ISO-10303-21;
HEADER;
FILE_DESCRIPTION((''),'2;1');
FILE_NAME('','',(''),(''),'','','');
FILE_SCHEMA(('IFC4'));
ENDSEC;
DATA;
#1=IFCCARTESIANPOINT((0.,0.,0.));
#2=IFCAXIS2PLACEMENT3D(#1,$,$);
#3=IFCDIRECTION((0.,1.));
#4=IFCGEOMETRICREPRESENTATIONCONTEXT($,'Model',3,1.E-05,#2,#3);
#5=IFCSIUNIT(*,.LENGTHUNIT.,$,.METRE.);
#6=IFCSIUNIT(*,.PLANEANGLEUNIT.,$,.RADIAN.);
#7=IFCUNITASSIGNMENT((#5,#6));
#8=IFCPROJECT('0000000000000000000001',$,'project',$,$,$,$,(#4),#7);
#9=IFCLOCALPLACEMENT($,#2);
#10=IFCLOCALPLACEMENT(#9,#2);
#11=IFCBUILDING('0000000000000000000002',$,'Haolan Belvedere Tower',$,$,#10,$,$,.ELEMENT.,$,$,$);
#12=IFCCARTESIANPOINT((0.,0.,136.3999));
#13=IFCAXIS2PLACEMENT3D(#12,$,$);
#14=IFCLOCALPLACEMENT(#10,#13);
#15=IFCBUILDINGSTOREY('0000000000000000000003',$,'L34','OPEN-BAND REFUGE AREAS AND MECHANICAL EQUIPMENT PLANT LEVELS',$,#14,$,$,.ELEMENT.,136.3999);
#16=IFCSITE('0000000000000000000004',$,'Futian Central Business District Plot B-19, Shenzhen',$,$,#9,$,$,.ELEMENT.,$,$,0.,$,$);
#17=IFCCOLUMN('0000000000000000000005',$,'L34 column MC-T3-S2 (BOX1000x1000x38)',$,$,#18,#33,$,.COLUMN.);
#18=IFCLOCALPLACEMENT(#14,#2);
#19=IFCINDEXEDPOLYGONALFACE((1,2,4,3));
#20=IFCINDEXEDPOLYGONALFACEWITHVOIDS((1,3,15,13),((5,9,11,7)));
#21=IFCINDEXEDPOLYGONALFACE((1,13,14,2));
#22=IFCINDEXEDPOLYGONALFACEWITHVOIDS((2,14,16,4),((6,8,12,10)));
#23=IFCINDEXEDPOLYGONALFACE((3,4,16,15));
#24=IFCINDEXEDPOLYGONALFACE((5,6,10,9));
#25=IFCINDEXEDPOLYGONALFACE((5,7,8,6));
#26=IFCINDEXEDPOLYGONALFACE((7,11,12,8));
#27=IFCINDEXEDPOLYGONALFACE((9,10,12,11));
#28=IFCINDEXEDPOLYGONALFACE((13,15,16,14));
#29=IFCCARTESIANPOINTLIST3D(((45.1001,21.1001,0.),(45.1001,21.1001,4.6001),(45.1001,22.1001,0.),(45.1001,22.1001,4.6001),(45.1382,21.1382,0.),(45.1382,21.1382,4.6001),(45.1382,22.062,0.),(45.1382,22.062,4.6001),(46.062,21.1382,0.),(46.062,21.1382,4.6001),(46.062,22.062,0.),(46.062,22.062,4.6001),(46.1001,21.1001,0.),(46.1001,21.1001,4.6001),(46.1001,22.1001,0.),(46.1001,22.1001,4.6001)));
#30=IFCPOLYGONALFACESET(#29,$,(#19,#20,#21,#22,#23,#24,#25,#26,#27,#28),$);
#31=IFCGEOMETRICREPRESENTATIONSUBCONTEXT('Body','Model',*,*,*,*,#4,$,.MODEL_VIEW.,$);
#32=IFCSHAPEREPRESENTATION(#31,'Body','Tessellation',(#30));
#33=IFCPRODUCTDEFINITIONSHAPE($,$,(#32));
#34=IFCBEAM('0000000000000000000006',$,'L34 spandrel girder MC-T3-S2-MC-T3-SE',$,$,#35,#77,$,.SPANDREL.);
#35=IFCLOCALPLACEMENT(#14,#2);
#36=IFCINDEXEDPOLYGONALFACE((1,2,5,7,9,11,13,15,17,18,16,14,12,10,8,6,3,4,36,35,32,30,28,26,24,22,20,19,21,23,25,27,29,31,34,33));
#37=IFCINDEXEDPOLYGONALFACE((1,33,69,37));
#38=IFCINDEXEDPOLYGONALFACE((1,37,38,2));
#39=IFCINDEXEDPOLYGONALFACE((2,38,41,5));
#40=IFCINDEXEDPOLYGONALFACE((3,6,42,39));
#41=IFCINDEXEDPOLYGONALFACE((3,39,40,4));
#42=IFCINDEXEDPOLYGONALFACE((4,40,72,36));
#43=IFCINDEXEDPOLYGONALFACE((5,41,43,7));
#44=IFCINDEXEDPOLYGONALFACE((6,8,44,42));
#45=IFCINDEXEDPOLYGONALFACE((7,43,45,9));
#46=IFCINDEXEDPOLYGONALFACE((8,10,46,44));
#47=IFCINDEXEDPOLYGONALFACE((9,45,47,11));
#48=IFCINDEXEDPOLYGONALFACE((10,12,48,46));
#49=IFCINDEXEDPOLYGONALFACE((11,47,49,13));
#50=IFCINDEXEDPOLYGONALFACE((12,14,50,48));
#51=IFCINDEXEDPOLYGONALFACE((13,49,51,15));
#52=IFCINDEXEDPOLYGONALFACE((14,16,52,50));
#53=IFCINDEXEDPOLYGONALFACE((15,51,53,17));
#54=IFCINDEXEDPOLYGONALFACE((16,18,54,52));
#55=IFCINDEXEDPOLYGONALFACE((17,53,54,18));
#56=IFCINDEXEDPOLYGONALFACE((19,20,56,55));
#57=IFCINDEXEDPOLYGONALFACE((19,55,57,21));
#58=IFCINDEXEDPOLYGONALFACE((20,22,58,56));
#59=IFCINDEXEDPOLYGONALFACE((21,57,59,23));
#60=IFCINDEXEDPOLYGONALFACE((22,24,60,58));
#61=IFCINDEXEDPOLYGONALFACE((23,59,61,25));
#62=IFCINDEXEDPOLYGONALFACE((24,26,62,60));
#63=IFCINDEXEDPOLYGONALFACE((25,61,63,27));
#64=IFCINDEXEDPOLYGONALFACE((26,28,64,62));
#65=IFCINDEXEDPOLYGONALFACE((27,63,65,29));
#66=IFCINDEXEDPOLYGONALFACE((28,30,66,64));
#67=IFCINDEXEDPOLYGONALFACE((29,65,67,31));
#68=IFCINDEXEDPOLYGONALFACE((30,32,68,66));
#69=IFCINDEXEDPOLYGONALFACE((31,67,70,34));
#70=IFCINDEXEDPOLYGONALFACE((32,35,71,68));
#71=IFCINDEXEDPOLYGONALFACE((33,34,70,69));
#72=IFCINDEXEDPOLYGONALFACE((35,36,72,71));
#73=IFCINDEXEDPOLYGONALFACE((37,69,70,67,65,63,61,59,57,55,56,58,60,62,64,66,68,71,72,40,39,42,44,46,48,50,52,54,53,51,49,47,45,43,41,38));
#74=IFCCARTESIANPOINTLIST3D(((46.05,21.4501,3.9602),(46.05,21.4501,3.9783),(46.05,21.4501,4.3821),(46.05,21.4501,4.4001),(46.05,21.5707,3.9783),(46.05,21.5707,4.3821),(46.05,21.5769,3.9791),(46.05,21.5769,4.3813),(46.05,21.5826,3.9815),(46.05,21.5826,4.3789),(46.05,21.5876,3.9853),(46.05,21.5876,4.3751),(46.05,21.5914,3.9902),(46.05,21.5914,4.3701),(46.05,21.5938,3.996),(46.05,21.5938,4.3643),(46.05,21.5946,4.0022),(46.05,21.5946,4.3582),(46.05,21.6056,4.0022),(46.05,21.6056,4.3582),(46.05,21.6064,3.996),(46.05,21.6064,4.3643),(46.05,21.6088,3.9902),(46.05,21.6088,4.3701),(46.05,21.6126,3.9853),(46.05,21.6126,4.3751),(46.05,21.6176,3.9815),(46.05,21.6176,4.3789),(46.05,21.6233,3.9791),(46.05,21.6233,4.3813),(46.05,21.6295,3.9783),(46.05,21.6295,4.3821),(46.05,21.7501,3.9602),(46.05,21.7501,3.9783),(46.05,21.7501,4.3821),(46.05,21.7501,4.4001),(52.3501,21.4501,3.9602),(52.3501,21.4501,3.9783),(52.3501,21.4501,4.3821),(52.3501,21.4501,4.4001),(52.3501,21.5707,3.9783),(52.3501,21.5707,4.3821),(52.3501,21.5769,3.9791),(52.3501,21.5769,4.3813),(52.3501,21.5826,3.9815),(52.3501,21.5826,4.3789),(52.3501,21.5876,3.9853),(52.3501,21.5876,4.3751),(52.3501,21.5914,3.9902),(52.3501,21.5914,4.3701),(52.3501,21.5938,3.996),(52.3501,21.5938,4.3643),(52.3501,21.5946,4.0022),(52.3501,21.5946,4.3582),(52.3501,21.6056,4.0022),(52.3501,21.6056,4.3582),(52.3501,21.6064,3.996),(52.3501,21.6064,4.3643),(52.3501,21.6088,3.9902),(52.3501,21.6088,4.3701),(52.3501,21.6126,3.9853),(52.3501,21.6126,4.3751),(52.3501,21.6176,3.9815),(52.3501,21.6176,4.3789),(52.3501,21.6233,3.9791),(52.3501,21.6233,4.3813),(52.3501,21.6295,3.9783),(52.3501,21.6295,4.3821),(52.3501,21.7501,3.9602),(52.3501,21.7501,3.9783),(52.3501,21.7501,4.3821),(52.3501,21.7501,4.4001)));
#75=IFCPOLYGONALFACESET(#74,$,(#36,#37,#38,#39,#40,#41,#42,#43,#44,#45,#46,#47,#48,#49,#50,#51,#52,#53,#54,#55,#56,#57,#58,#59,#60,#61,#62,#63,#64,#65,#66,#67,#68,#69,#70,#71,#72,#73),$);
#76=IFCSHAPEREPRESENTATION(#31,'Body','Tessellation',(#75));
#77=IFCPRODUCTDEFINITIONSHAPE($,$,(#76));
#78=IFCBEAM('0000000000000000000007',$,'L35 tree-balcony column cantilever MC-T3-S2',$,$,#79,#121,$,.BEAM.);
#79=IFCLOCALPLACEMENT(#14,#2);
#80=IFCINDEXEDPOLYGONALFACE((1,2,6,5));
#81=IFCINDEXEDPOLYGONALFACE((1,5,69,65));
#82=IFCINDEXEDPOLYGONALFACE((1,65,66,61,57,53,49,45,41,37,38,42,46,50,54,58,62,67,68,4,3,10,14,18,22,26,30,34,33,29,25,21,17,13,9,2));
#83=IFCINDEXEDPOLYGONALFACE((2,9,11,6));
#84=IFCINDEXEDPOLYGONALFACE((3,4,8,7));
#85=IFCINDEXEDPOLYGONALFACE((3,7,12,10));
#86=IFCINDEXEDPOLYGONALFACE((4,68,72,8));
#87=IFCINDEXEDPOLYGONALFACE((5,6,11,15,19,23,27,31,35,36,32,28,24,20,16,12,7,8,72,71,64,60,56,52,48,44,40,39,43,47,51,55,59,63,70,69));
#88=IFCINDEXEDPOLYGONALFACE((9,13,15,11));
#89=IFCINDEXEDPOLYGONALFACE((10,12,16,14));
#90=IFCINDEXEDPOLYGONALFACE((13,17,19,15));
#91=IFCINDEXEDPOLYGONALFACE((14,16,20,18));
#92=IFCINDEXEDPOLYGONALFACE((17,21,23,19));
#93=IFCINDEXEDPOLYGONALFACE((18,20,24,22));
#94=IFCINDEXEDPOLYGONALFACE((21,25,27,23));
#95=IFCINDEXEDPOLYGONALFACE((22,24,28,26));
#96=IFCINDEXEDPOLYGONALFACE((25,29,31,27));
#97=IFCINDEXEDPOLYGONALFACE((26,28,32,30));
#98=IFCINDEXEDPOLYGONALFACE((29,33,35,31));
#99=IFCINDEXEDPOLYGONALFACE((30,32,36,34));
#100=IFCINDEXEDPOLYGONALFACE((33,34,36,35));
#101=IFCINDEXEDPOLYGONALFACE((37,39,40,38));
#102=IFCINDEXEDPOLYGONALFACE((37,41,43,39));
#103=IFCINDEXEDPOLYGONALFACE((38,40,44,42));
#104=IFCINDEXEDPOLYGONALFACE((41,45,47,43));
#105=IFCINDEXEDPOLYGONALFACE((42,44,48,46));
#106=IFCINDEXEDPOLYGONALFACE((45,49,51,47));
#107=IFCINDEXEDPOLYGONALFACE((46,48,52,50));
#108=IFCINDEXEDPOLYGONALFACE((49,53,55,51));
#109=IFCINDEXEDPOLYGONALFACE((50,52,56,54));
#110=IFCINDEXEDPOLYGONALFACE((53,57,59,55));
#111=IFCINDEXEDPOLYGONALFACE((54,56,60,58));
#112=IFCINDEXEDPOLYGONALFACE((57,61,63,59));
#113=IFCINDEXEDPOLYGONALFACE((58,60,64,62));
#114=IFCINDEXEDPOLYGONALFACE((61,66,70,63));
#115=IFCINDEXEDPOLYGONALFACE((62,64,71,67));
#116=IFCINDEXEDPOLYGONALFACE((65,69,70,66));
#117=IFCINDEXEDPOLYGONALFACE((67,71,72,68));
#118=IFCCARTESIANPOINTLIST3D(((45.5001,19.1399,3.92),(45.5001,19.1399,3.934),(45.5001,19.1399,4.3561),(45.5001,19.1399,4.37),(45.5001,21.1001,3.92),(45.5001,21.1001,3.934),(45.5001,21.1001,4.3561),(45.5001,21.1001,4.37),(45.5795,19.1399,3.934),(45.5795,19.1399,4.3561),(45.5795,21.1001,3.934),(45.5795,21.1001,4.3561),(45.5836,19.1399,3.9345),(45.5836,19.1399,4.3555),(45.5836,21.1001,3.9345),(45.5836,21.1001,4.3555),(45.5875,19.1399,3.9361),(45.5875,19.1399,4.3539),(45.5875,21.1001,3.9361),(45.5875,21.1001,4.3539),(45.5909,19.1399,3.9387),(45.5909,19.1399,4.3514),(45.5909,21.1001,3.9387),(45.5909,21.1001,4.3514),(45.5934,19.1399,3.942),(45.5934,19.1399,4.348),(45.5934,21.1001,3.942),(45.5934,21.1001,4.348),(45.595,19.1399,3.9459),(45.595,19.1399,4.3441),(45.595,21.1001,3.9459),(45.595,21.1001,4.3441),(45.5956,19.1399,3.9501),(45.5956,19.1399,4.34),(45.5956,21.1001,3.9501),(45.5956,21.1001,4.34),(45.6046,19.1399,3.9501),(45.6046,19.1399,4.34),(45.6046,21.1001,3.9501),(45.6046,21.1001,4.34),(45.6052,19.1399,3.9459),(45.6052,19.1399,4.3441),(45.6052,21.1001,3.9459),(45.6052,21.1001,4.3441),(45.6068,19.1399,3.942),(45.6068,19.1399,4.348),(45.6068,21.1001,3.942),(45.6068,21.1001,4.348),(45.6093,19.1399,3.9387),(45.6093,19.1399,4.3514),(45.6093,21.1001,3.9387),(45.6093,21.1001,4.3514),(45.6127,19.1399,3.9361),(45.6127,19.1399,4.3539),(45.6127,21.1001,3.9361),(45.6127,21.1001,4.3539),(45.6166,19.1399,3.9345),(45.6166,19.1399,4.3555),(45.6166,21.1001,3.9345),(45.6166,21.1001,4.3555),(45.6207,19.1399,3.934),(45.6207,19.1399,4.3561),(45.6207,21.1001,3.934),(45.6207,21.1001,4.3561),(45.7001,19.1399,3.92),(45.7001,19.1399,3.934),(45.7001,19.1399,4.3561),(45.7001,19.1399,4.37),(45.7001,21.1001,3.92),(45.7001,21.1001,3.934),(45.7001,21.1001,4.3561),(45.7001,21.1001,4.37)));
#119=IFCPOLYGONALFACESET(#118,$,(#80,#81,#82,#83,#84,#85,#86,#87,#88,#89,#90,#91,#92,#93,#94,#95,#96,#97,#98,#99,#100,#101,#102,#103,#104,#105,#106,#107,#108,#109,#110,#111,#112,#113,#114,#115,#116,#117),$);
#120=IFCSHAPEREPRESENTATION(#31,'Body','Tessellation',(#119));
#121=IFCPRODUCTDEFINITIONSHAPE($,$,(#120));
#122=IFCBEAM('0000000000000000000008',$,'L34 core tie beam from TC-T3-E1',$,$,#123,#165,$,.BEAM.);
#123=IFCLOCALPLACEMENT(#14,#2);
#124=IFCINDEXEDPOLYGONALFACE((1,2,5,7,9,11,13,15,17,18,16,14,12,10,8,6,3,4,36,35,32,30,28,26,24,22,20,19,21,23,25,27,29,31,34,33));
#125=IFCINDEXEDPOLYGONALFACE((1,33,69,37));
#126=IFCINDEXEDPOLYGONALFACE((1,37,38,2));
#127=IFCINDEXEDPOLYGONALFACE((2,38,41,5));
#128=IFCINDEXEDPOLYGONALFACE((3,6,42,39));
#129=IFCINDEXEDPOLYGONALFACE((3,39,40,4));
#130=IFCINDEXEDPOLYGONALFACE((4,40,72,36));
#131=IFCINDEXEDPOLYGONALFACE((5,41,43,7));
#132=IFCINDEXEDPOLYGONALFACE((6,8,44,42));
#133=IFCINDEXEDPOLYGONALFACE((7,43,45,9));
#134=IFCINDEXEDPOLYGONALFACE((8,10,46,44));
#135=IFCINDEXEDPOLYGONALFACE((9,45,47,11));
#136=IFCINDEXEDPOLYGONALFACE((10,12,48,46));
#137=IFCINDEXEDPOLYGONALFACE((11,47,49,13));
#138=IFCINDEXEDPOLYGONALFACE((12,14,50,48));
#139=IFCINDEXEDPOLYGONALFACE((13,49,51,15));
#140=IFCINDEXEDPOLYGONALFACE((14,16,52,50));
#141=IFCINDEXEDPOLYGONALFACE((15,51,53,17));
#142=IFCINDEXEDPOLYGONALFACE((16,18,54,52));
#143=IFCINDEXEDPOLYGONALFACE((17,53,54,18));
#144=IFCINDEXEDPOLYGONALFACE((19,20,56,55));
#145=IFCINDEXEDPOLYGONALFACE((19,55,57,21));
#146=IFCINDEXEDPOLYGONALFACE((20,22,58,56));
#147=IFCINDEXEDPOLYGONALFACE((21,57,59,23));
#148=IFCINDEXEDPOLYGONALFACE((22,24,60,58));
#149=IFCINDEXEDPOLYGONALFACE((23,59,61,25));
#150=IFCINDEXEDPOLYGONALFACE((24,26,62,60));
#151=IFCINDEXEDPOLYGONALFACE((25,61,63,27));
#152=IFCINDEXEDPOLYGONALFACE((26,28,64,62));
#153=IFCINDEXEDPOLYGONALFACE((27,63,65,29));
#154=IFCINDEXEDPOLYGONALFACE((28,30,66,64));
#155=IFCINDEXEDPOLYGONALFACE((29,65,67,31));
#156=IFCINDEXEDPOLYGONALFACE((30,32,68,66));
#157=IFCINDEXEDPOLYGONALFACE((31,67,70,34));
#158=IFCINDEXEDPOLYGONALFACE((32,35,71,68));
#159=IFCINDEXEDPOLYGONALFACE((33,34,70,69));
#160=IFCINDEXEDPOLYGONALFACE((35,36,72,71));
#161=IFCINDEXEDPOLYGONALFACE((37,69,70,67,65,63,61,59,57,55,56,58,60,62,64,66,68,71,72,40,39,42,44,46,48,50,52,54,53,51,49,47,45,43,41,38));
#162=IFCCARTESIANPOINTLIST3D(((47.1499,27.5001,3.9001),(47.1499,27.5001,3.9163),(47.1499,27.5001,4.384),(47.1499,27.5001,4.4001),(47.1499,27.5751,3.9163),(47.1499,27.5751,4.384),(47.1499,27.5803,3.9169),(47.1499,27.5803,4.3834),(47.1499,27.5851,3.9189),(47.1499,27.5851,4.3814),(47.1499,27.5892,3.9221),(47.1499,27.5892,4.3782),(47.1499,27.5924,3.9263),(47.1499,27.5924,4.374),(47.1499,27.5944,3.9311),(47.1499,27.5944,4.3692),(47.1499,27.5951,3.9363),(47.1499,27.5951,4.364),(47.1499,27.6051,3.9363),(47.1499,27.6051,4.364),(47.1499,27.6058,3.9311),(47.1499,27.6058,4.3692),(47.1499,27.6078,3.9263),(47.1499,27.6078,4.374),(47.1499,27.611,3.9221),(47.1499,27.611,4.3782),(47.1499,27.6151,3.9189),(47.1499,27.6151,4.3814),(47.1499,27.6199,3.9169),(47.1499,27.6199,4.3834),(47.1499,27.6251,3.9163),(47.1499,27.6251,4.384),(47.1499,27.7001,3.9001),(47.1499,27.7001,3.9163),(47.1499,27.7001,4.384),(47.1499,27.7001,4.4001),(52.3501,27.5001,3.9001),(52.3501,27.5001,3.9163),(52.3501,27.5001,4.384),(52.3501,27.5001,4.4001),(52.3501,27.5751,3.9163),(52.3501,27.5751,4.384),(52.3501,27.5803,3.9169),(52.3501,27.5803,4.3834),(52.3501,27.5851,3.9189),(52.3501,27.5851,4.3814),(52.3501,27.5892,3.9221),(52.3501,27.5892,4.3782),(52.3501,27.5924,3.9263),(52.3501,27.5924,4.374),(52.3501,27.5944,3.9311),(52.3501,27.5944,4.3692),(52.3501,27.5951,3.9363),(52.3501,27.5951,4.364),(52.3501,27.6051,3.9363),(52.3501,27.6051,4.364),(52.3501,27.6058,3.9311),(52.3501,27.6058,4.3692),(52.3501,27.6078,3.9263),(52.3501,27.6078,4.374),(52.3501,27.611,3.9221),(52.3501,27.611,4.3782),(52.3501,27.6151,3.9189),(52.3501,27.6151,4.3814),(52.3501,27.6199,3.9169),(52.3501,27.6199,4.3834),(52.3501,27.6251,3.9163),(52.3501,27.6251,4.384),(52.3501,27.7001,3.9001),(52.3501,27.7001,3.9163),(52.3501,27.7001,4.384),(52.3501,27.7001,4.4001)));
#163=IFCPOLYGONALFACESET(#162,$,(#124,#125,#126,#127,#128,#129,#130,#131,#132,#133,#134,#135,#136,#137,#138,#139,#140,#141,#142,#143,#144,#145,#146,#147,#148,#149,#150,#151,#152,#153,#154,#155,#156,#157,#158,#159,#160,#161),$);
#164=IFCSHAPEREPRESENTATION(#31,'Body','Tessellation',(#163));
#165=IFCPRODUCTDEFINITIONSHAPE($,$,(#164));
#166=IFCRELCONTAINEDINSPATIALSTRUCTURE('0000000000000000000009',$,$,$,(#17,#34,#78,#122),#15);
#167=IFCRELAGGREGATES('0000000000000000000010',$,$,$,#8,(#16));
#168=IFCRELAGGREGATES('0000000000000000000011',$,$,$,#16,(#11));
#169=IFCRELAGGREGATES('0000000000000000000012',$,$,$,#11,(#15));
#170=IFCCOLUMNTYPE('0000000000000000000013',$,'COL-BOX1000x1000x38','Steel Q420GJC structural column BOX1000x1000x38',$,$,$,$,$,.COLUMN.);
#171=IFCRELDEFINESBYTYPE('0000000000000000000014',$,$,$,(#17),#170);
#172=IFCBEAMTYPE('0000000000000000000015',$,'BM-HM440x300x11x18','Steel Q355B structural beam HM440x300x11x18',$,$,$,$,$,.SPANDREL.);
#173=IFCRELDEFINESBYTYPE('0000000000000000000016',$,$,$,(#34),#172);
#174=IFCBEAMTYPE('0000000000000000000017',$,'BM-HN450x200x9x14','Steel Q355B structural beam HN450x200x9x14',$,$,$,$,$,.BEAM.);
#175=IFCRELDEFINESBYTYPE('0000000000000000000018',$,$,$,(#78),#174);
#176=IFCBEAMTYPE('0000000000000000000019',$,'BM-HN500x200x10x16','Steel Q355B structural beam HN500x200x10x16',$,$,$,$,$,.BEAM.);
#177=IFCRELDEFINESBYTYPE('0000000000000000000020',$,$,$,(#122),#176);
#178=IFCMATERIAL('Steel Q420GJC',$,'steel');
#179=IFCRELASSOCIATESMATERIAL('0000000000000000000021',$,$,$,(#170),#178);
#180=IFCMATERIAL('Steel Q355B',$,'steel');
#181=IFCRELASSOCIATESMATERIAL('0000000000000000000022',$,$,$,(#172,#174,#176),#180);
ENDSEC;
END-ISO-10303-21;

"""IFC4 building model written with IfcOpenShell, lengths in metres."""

from ifc_helpers import new_model, si_unit, direction, frame, origin, origin_2d, place, context, subcontext, project, spatial, hollow_rectangle, i_section, extrude, material, material_profile, profile_set, type_object, element, save


model = new_model("IFC4")

# Units and contexts
model_context = context("Model", 3, precision=1e-05, world=origin(), true_north=direction((0.0, 1.0)))
body_context = subcontext(model_context, "Body", "Model", "MODEL_VIEW")
ifc_project = project(units=[si_unit("LENGTHUNIT", "METRE"), si_unit("PLANEANGLEUNIT", "RADIAN")], contexts=[model_context])

# Site, building, storey
site_placement = place(None, origin())
site = spatial("IfcSite", under=ifc_project, at=site_placement, Name="Futian Central Business District Plot B-19, Shenzhen", CompositionType="ELEMENT", RefElevation=0.0)
building_placement = place(site_placement, origin())
building = spatial("IfcBuilding", under=site, at=building_placement, Name="Haolan Belvedere Tower", CompositionType="ELEMENT")
storey_placement = place(building_placement, frame((0.0, 0.0, 136.3999)))
storey = spatial("IfcBuildingStorey", under=building, at=storey_placement, Name="L34", Description="OPEN-BAND REFUGE AREAS AND MECHANICAL EQUIPMENT PLANT LEVELS", CompositionType="ELEMENT", Elevation=136.3999)

# Column
ifc_material_1 = material(Name="Steel Q420GJC", Category="steel")
ifc_material_profile_1 = material_profile(ifc_material_1, hollow_rectangle(XDim=1.0, YDim=1.0, WallThickness=0.0381, at=origin_2d()), Name="Steel Q420GJC")
ifc_profile_set_1 = profile_set([ifc_material_profile_1], Name="Steel Q420GJC")
column_type = type_object("IfcColumnType", Name="COL-BOX1000x1000x38", Description="Steel Q420GJC structural column BOX1000x1000x38", PredefinedType="COLUMN", material=ifc_profile_set_1)
column_placement = place(storey_placement, frame((45.6001, 21.6001, 0.0), z_axis=(0.0, 0.0, 1.0), x_axis=(1.0, 0.0, 0.0)))
element("IfcColumn", 1, at=column_placement, inside=storey, type_object=column_type, Name="L34 column MC-T3-S2 (BOX1000x1000x38)", PredefinedType="COLUMN", context=body_context, shape_type="SweptSolid", body=[
    extrude(hollow_rectangle(XDim=1.0, YDim=1.0, WallThickness=0.0381, at=origin_2d()), origin(), (0.0, 0.0, 1.0), 4.6001),
])

# Beams
ifc_material_2 = material(Name="Steel Q355B", Category="steel")
ifc_material_profile_2 = material_profile(ifc_material_2, i_section(OverallWidth=0.3, OverallDepth=0.4399, WebThickness=0.011, FlangeThickness=0.0181, FilletRadius=0.0239, at=origin_2d()), Name="Steel Q355B")
ifc_profile_set_2 = profile_set([ifc_material_profile_2], Name="Steel Q355B")
beam_type_1 = type_object("IfcBeamType", Name="BM-HM440x300x11x18", Description="Steel Q355B structural beam HM440x300x11x18", PredefinedType="SPANDREL", material=ifc_profile_set_2)
beam_1_placement = place(storey_placement, frame((46.05, 21.6001, 4.1802), z_axis=(1.0, 0.0, 0.0), x_axis=(0.0, 1.0, 0.0)))
element("IfcBeam", 2, at=beam_1_placement, inside=storey, type_object=beam_type_1, Name="L34 spandrel girder MC-T3-S2-MC-T3-SE", PredefinedType="SPANDREL", context=body_context, shape_type="SweptSolid", body=[
    extrude(i_section(OverallWidth=0.3, OverallDepth=0.4399, WebThickness=0.011, FlangeThickness=0.0181, FilletRadius=0.0239, at=origin_2d()), origin(), (0.0, 0.0, 1.0), 6.3),
])
ifc_material_profile_3 = material_profile(ifc_material_2, i_section(OverallWidth=0.2, OverallDepth=0.45, WebThickness=0.009, FlangeThickness=0.0139, FilletRadius=0.0161, at=origin_2d()), Name="Steel Q355B")
ifc_profile_set_3 = profile_set([ifc_material_profile_3], Name="Steel Q355B")
beam_type_2 = type_object("IfcBeamType", Name="BM-HN450x200x9x14", Description="Steel Q355B structural beam HN450x200x9x14", PredefinedType="BEAM", material=ifc_profile_set_3)
beam_2_placement = place(storey_placement, frame((45.6001, 21.1001, 4.145), z_axis=(0.0, -1.0, 0.0), x_axis=(1.0, 0.0, 0.0)))
element("IfcBeam", 3, at=beam_2_placement, inside=storey, type_object=beam_type_2, Name="L35 tree-balcony column cantilever MC-T3-S2", PredefinedType="BEAM", context=body_context, shape_type="SweptSolid", body=[
    extrude(i_section(OverallWidth=0.2, OverallDepth=0.45, WebThickness=0.009, FlangeThickness=0.0139, FilletRadius=0.0161, at=origin_2d()), origin(), (0.0, 0.0, 1.0), 1.9602),
])
ifc_material_profile_4 = material_profile(ifc_material_2, i_section(OverallWidth=0.2, OverallDepth=0.5, WebThickness=0.01, FlangeThickness=0.0161, FilletRadius=0.02, at=origin_2d()), Name="Steel Q355B")
ifc_profile_set_4 = profile_set([ifc_material_profile_4], Name="Steel Q355B")
beam_type_3 = type_object("IfcBeamType", Name="BM-HN500x200x10x16", Description="Steel Q355B structural beam HN500x200x10x16", PredefinedType="BEAM", material=ifc_profile_set_4)
beam_3_placement = place(storey_placement, frame((52.3501, 27.6001, 4.1501), z_axis=(-1.0, 0.0, 0.0), x_axis=(0.0, -1.0, 0.0)))
element("IfcBeam", 4, at=beam_3_placement, inside=storey, type_object=beam_type_3, Name="L34 core tie beam from TC-T3-E1", PredefinedType="BEAM", context=body_context, shape_type="SweptSolid", body=[
    extrude(i_section(OverallWidth=0.2, OverallDepth=0.5, WebThickness=0.01, FlangeThickness=0.0161, FilletRadius=0.02, at=origin_2d()), origin(), (0.0, 0.0, 1.0), 5.2002),
])

save(model, "model.ifc")
